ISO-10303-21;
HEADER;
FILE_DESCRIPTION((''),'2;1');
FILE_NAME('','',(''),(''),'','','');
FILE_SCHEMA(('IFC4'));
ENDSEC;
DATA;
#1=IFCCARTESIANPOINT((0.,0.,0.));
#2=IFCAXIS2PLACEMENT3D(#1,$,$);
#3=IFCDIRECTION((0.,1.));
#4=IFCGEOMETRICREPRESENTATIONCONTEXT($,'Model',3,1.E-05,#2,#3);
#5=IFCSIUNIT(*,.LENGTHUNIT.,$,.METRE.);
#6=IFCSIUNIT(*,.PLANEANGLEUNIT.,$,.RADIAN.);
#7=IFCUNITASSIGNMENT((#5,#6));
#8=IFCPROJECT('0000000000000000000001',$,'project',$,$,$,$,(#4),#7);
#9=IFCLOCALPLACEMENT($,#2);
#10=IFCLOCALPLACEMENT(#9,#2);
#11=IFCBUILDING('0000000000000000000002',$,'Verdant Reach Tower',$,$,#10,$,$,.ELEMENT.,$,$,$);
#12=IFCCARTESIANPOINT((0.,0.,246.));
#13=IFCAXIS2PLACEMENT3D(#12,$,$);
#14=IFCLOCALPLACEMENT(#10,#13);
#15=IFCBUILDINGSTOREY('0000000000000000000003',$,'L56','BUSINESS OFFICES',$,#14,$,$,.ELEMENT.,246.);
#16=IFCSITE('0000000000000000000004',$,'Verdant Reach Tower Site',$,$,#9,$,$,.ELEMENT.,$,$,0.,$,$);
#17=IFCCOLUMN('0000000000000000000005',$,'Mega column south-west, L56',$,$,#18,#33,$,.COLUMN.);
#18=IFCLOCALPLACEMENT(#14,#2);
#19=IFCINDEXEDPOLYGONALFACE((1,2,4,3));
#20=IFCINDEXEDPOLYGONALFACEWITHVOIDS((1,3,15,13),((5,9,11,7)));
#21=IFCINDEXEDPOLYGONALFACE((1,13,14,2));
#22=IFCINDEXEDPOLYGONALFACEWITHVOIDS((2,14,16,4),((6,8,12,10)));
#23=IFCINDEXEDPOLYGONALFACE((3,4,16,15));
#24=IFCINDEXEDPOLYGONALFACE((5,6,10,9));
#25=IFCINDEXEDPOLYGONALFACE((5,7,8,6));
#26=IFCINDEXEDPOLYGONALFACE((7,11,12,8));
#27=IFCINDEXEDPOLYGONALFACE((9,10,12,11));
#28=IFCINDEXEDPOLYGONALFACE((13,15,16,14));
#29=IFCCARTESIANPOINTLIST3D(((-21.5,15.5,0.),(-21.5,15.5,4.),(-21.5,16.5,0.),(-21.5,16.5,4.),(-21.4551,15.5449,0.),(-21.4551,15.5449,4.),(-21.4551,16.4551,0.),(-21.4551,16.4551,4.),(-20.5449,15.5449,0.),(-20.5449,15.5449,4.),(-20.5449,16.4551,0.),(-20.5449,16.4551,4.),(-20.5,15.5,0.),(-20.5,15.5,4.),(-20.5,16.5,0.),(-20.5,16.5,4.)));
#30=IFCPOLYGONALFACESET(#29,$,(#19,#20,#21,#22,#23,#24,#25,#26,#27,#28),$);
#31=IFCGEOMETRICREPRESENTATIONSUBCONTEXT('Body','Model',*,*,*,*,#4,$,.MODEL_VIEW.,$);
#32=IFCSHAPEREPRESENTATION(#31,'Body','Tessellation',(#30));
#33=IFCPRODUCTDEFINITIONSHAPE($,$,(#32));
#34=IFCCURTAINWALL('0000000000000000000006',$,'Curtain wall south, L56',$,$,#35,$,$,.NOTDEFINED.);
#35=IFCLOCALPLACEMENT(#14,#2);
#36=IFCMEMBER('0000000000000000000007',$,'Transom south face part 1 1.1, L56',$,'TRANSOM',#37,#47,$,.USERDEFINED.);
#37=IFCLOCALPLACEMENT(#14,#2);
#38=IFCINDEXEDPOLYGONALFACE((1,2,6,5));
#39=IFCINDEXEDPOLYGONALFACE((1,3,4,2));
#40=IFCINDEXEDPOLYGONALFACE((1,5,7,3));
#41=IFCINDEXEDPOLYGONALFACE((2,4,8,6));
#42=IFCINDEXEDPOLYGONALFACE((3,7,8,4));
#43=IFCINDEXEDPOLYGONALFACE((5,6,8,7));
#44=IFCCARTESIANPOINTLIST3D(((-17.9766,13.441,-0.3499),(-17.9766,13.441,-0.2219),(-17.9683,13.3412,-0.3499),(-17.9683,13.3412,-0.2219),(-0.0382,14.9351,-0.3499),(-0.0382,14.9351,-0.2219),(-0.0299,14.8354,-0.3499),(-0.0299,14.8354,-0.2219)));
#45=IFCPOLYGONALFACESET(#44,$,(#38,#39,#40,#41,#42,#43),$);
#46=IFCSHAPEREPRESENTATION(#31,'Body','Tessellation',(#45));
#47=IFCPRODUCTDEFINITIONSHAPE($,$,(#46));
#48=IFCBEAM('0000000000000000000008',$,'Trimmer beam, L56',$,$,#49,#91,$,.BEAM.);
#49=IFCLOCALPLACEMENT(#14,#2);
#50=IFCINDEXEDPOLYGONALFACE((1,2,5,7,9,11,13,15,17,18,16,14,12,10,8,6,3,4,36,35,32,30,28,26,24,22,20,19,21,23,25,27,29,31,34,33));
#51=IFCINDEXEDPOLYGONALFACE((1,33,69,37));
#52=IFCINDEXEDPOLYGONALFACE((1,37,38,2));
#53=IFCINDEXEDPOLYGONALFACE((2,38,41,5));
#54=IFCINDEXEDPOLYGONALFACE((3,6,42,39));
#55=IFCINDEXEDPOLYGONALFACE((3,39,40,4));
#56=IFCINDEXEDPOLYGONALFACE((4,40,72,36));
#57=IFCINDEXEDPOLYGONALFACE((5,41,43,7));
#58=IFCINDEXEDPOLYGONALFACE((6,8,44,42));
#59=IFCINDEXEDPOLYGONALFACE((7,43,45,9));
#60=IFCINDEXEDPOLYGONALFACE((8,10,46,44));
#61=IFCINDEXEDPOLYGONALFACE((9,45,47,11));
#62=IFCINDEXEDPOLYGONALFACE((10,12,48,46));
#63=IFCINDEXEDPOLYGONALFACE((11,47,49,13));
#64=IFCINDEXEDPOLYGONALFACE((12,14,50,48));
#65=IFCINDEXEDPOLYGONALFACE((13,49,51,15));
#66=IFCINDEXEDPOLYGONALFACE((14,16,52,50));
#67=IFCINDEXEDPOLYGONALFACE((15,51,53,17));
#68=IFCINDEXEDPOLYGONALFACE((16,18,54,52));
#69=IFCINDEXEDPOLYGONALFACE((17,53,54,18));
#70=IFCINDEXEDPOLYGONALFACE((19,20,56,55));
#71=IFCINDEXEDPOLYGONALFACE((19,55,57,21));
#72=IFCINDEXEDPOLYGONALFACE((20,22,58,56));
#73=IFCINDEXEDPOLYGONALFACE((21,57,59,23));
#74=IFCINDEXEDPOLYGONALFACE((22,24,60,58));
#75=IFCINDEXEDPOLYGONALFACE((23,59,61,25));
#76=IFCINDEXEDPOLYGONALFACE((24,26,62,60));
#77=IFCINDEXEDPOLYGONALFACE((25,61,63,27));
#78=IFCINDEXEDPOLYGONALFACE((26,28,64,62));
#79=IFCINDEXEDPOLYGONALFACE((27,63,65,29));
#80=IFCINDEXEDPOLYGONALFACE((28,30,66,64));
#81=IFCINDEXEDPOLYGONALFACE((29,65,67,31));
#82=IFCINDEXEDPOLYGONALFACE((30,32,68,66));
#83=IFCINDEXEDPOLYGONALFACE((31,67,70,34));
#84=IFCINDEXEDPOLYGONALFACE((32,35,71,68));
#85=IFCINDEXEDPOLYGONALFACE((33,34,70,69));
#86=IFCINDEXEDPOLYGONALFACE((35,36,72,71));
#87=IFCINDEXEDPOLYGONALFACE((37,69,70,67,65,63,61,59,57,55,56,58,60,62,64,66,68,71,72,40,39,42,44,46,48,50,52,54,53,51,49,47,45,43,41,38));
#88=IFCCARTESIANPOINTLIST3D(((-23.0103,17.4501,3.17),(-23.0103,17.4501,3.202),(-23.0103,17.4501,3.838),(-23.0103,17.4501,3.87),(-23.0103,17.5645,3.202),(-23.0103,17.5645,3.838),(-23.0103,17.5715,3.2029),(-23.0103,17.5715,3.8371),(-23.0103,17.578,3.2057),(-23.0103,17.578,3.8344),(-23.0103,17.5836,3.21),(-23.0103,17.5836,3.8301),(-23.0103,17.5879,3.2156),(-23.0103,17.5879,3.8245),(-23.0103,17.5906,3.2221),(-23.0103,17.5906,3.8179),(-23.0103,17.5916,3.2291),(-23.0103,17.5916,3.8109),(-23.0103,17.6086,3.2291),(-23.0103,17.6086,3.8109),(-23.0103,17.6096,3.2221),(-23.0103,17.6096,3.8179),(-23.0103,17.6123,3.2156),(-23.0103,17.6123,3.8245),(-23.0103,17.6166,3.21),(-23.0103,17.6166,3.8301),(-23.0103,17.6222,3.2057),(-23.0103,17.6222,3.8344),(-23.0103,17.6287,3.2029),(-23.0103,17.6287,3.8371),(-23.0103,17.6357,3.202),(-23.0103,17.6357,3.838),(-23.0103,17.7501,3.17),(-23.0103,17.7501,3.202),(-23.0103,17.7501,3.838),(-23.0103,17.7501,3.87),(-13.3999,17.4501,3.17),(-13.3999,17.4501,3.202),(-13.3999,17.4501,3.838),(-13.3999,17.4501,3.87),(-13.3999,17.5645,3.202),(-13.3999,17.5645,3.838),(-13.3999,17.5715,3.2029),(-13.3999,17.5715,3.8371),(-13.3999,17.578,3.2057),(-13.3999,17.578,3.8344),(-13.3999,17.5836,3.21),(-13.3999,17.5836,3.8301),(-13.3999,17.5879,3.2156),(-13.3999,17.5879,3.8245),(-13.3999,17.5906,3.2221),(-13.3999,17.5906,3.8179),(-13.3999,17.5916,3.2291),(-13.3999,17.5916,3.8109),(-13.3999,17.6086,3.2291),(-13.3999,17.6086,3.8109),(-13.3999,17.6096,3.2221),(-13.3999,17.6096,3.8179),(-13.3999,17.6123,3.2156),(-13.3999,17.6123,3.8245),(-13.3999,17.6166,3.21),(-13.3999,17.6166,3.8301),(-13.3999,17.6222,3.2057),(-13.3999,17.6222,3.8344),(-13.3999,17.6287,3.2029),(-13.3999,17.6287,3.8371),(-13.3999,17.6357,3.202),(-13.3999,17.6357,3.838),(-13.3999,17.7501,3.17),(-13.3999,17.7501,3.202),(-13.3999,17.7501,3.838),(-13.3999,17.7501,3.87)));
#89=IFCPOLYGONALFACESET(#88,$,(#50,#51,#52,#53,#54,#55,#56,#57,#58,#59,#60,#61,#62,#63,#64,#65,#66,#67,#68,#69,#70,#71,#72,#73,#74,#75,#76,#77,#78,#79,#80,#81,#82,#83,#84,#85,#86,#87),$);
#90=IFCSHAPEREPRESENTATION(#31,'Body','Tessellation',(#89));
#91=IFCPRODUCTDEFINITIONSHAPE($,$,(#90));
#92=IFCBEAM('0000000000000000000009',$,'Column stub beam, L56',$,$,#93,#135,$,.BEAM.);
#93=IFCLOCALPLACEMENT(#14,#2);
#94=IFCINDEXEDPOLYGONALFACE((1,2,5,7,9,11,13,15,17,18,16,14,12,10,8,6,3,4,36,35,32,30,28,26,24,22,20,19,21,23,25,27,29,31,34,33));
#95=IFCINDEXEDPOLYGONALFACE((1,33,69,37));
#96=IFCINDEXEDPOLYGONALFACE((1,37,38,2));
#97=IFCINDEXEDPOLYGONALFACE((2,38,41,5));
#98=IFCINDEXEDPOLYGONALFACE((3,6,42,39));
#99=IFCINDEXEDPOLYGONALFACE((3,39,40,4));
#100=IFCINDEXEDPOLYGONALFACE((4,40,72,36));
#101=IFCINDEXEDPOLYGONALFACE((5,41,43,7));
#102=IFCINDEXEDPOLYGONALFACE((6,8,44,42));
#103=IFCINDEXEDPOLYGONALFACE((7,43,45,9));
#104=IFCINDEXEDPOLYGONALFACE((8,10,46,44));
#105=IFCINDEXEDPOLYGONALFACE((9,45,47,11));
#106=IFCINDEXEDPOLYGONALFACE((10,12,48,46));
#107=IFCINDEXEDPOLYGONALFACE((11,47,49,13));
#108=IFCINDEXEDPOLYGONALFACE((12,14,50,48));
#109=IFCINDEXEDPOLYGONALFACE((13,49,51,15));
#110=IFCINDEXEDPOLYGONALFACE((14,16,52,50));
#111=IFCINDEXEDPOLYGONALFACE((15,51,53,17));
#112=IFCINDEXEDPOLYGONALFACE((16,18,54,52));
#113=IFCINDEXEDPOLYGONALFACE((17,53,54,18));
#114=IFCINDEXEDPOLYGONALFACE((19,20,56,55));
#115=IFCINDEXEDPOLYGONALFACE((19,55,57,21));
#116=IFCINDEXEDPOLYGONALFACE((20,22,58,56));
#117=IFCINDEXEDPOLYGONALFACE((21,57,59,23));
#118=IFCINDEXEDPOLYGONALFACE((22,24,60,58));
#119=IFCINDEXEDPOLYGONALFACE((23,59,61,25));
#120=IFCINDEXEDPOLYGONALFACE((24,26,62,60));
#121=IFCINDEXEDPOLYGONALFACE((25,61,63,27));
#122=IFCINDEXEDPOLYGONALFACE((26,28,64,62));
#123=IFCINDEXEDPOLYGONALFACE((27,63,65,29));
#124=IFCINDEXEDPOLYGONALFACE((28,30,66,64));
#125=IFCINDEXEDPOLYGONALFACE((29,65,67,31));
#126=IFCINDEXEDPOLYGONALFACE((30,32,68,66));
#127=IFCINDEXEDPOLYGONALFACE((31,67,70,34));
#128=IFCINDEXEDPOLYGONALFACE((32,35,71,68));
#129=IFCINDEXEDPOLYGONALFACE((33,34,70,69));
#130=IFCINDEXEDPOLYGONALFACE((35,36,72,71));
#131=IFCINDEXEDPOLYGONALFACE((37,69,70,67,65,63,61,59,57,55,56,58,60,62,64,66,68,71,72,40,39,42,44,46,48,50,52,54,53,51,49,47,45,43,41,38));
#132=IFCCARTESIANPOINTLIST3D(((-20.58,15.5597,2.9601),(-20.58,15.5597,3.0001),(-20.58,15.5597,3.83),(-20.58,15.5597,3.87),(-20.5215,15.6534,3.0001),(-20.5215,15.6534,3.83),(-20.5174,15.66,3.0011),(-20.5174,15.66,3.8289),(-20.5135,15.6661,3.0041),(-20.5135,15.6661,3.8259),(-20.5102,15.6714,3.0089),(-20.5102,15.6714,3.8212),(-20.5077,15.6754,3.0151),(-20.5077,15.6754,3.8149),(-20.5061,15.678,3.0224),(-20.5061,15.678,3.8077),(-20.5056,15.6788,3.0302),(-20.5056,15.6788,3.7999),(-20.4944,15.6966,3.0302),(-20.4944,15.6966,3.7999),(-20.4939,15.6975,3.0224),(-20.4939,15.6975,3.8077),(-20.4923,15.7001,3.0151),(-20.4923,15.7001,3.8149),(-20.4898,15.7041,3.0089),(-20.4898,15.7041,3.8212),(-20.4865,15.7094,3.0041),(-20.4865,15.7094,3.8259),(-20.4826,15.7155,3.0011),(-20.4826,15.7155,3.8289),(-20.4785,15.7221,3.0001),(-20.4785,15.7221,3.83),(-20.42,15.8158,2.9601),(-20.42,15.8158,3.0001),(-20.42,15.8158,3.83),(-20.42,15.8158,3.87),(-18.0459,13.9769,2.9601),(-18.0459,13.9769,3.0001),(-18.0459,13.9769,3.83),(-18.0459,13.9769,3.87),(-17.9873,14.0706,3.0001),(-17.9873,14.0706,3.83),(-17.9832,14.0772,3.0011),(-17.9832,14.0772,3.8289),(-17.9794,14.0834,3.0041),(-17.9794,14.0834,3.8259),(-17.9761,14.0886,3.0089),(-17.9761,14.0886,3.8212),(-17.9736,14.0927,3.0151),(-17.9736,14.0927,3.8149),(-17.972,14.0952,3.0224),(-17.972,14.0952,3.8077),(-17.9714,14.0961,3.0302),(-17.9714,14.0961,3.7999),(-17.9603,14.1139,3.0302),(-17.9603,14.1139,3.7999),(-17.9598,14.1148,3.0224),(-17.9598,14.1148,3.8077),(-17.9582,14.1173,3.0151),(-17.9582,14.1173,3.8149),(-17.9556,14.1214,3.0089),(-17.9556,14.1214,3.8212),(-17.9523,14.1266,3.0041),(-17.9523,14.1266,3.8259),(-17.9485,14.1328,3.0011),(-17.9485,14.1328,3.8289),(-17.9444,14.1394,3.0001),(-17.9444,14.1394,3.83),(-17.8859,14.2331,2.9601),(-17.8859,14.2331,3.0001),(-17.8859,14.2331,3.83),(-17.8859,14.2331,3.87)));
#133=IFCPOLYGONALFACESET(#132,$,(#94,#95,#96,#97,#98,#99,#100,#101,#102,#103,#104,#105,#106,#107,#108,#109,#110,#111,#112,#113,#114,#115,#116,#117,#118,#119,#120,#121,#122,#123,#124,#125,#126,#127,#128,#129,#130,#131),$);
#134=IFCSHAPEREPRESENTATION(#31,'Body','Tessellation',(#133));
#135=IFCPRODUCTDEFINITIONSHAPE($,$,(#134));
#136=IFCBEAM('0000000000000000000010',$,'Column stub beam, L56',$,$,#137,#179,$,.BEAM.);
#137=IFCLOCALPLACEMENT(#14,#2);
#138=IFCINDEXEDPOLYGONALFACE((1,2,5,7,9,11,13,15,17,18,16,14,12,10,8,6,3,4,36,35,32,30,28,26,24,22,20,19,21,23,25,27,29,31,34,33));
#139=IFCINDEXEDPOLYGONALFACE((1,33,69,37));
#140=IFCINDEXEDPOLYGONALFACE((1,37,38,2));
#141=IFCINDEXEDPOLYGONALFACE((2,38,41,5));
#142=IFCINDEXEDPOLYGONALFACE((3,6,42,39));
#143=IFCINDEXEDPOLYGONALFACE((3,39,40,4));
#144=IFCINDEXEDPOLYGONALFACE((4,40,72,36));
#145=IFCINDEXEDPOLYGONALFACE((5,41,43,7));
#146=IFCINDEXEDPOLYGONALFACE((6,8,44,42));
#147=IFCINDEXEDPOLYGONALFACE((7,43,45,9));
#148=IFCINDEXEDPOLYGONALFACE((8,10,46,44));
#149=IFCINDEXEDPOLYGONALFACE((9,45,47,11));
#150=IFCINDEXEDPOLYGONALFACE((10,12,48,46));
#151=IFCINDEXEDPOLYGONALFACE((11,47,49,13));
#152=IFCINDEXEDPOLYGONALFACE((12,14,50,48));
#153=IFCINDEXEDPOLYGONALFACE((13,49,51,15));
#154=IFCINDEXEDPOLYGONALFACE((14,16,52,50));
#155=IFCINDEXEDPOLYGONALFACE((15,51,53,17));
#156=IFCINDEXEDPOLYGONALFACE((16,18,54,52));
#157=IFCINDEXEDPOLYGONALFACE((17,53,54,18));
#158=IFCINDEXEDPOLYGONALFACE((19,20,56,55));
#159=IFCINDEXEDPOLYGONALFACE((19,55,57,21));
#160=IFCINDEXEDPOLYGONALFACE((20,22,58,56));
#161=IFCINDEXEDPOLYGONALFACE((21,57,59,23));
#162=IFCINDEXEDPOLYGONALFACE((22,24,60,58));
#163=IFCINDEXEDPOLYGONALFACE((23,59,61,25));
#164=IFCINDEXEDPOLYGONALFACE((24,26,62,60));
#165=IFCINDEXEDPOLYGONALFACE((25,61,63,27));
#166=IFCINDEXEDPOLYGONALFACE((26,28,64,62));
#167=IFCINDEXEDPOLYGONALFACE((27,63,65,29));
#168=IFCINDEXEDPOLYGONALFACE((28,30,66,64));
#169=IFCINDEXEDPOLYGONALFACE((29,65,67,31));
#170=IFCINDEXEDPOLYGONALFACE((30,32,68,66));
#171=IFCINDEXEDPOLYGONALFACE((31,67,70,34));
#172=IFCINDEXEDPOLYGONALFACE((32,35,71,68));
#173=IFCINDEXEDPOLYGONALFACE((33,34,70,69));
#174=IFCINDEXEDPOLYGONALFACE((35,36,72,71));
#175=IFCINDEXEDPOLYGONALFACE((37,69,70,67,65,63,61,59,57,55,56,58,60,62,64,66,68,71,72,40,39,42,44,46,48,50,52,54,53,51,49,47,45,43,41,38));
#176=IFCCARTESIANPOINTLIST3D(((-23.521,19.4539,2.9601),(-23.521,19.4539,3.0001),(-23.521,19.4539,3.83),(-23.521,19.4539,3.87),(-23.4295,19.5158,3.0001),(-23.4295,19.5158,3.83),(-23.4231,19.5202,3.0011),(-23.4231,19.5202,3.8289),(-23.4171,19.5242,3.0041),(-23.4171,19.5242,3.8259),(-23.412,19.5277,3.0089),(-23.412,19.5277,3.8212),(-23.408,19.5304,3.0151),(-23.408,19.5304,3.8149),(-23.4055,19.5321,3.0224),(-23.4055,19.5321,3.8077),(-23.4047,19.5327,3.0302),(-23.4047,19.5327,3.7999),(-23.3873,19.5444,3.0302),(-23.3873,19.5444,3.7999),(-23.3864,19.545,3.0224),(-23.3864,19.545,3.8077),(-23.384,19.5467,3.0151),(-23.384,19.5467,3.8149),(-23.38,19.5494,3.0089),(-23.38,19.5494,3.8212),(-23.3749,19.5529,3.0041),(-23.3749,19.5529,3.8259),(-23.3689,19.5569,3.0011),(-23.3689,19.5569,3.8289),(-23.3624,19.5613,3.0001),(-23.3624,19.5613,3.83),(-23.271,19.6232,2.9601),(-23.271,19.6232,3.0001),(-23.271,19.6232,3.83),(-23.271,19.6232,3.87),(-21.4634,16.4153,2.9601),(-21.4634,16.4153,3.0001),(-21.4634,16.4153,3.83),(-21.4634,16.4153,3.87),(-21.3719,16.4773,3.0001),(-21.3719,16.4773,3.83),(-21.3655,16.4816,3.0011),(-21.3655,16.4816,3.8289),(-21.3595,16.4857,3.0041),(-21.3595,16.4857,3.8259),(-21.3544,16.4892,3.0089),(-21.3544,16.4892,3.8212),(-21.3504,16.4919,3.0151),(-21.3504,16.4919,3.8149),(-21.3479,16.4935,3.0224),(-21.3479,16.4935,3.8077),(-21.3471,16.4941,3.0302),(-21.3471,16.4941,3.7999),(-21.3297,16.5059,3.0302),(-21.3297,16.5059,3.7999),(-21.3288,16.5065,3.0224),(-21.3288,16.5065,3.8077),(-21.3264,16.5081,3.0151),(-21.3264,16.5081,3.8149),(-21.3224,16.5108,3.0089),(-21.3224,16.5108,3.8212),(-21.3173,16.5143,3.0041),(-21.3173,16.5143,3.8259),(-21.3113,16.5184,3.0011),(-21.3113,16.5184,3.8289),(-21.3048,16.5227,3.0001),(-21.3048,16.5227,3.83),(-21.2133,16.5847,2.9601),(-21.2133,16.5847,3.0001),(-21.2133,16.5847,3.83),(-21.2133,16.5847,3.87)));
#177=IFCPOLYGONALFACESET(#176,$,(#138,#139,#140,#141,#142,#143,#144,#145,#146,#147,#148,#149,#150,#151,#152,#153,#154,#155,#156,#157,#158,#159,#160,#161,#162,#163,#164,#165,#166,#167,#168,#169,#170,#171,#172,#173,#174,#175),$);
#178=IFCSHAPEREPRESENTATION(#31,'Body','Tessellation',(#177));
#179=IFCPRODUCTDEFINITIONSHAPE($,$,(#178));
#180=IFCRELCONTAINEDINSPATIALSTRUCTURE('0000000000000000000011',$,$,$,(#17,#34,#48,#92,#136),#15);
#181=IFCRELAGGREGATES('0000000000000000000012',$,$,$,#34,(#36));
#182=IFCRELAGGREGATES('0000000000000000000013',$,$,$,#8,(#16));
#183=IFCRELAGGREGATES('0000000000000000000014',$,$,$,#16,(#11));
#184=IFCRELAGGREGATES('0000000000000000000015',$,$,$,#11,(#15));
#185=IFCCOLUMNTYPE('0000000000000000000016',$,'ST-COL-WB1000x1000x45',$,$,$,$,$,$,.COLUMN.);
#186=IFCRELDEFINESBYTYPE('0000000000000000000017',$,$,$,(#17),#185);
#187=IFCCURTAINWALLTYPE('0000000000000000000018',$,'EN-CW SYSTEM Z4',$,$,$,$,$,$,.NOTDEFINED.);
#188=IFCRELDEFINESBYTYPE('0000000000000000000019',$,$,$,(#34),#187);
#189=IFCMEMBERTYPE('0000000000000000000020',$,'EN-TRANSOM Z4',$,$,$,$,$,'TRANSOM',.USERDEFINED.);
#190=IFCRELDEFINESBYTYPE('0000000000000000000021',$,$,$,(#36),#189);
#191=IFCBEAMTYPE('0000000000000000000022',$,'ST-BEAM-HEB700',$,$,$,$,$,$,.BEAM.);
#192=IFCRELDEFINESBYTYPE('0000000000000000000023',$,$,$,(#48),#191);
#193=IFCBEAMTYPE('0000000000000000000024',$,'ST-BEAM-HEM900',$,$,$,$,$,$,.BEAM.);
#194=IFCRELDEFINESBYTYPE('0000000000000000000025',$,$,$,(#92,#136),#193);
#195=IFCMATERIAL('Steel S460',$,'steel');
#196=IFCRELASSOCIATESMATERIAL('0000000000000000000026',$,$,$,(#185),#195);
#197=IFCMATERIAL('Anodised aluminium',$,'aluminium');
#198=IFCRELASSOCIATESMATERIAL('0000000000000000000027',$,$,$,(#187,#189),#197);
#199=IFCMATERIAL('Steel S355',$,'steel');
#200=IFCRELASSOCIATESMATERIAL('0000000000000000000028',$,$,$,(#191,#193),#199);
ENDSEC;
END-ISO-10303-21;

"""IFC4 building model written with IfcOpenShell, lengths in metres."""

from ifc_helpers import new_model, si_unit, direction, frame, origin, origin_2d, place, context, subcontext, project, spatial, rectangle, hollow_rectangle, i_section, extrude, material, material_profile, profile_set, type_object, element, aggregate, save


model = new_model("IFC4")

# Units and contexts
model_context = context("Model", 3, precision=1e-05, world=origin(), true_north=direction((0.0, 1.0)))
body_context = subcontext(model_context, "Body", "Model", "MODEL_VIEW")
ifc_project = project(units=[si_unit("LENGTHUNIT", "METRE"), si_unit("PLANEANGLEUNIT", "RADIAN")], contexts=[model_context])

# Site, building, storey
site_placement = place(None, origin())
site = spatial("IfcSite", under=ifc_project, at=site_placement, Name="Verdant Reach Tower Site", CompositionType="ELEMENT", RefElevation=0.0)
building_placement = place(site_placement, origin())
building = spatial("IfcBuilding", under=site, at=building_placement, Name="Verdant Reach Tower", CompositionType="ELEMENT")
storey_placement = place(building_placement, frame((0.0, 0.0, 246.0)))
storey = spatial("IfcBuildingStorey", under=building, at=storey_placement, Name="L56", Description="BUSINESS OFFICES", CompositionType="ELEMENT", Elevation=246.0)

# Column
ifc_material_1 = material(Name="Steel S460", Category="steel")
ifc_material_profile_1 = material_profile(ifc_material_1, hollow_rectangle(XDim=1.0, YDim=1.0, WallThickness=0.0449, at=origin_2d()), Name="WB 1000x1000x45")
ifc_profile_set_1 = profile_set([ifc_material_profile_1], Name="Steel S460")
column_type = type_object("IfcColumnType", Name="ST-COL-WB1000x1000x45", PredefinedType="COLUMN", material=ifc_profile_set_1)
column_placement = place(storey_placement, frame((-21.0, 16.0, 0.0), z_axis=(0.0, 0.0, 1.0), x_axis=(1.0, 0.0, 0.0)))
element("IfcColumn", 1, at=column_placement, inside=storey, type_object=column_type, Name="Mega column south-west, L56", PredefinedType="COLUMN", context=body_context, shape_type="SweptSolid", body=[
    extrude(hollow_rectangle(XDim=1.0, YDim=1.0, WallThickness=0.0449, at=origin_2d()), origin(), (0.0, 0.0, 1.0), 4.0),
])

# Curtain wall, member
ifc_material_2 = material(Name="Anodised aluminium", Category="aluminium")
curtain_wall_type = type_object("IfcCurtainWallType", Name="EN-CW SYSTEM Z4", PredefinedType="NOTDEFINED", material=ifc_material_2)
curtain_wall_1_placement = place(storey_placement, origin())
curtain_wall_1 = element("IfcCurtainWall", 2, at=curtain_wall_1_placement, inside=storey, type_object=curtain_wall_type, Name="Curtain wall south, L56", PredefinedType="NOTDEFINED")
ifc_material_profile_2 = material_profile(ifc_material_2, rectangle(XDim=0.1001, YDim=0.1279, at=origin_2d()), Name="Transom 128x100")
ifc_profile_set_2 = profile_set([ifc_material_profile_2], Name="Anodised aluminium")
member_type = type_object("IfcMemberType", Name="EN-TRANSOM Z4", ElementType="TRANSOM", PredefinedType="USERDEFINED", material=ifc_profile_set_2)
member_placement = place(storey_placement, frame((-17.9724, 13.3911, -0.2859), z_axis=(0.996549, 0.083005, 0.0), x_axis=(-0.083005, 0.996549, 0.0)))
member = element("IfcMember", 3, at=member_placement, type_object=member_type, Name="Transom south face part 1 1.1, L56", ObjectType="TRANSOM", PredefinedType="USERDEFINED", context=body_context, shape_type="SweptSolid", body=[
    extrude(rectangle(XDim=0.1001, YDim=0.1279, at=origin_2d()), origin(), (0.0, 0.0, 1.0), 18.0005),
])

# Beams
ifc_material_3 = material(Name="Steel S355", Category="steel")
ifc_material_profile_3 = material_profile(ifc_material_3, i_section(OverallWidth=0.3, OverallDepth=0.7, WebThickness=0.0171, FlangeThickness=0.032, FilletRadius=0.0271, at=origin_2d()), Name="HEB 700")
ifc_profile_set_3 = profile_set([ifc_material_profile_3], Name="Steel S355")
beam_type_1 = type_object("IfcBeamType", Name="ST-BEAM-HEB700", PredefinedType="BEAM", material=ifc_profile_set_3)
beam_1_placement = place(storey_placement, frame((-13.3999, 17.6001, 3.52), z_axis=(-1.0, 0.0, 0.0), x_axis=(0.0, -1.0, 0.0)))
element("IfcBeam", 4, at=beam_1_placement, inside=storey, type_object=beam_type_1, Name="Trimmer beam, L56", PredefinedType="BEAM", context=body_context, shape_type="SweptSolid", body=[
    extrude(i_section(OverallWidth=0.3, OverallDepth=0.7, WebThickness=0.0171, FlangeThickness=0.032, FilletRadius=0.0271, at=origin_2d()), origin(), (0.0, 0.0, 1.0), 9.6104),
])
ifc_material_profile_4 = material_profile(ifc_material_3, i_section(OverallWidth=0.302, OverallDepth=0.9099, WebThickness=0.021, FlangeThickness=0.04, FilletRadius=0.03, at=origin_2d()), Name="HEM 900")
ifc_profile_set_4 = profile_set([ifc_material_profile_4], Name="Steel S355")
beam_type_2 = type_object("IfcBeamType", Name="ST-BEAM-HEM900", PredefinedType="BEAM", material=ifc_profile_set_4)
beam_2_placement = place(storey_placement, frame((-20.5, 15.6877, 3.415), z_axis=(0.848164, -0.529735, 0.0), x_axis=(0.529735, 0.848164, 0.0)))
element("IfcBeam", 5, at=beam_2_placement, inside=storey, type_object=beam_type_2, Name="Column stub beam, L56", PredefinedType="BEAM", context=body_context, shape_type="SweptSolid", body=[
    extrude(i_section(OverallWidth=0.302, OverallDepth=0.9099, WebThickness=0.021, FlangeThickness=0.04, FilletRadius=0.03, at=origin_2d()), origin(), (0.0, 0.0, 1.0), 2.9878),
])
beam_3_placement = place(storey_placement, frame((-21.3384, 16.5, 3.415), z_axis=(-0.560704, 0.828016, 0.0), x_axis=(-0.828016, -0.560704, 0.0)))
element("IfcBeam", 6, at=beam_3_placement, inside=storey, type_object=beam_type_2, Name="Column stub beam, L56", PredefinedType="BEAM", context=body_context, shape_type="SweptSolid", body=[
    extrude(i_section(OverallWidth=0.302, OverallDepth=0.9099, WebThickness=0.021, FlangeThickness=0.04, FilletRadius=0.03, at=origin_2d()), origin(), (0.0, 0.0, 1.0), 3.6697),
])

aggregate(curtain_wall_1, [member])

save(model, "model.ifc")
